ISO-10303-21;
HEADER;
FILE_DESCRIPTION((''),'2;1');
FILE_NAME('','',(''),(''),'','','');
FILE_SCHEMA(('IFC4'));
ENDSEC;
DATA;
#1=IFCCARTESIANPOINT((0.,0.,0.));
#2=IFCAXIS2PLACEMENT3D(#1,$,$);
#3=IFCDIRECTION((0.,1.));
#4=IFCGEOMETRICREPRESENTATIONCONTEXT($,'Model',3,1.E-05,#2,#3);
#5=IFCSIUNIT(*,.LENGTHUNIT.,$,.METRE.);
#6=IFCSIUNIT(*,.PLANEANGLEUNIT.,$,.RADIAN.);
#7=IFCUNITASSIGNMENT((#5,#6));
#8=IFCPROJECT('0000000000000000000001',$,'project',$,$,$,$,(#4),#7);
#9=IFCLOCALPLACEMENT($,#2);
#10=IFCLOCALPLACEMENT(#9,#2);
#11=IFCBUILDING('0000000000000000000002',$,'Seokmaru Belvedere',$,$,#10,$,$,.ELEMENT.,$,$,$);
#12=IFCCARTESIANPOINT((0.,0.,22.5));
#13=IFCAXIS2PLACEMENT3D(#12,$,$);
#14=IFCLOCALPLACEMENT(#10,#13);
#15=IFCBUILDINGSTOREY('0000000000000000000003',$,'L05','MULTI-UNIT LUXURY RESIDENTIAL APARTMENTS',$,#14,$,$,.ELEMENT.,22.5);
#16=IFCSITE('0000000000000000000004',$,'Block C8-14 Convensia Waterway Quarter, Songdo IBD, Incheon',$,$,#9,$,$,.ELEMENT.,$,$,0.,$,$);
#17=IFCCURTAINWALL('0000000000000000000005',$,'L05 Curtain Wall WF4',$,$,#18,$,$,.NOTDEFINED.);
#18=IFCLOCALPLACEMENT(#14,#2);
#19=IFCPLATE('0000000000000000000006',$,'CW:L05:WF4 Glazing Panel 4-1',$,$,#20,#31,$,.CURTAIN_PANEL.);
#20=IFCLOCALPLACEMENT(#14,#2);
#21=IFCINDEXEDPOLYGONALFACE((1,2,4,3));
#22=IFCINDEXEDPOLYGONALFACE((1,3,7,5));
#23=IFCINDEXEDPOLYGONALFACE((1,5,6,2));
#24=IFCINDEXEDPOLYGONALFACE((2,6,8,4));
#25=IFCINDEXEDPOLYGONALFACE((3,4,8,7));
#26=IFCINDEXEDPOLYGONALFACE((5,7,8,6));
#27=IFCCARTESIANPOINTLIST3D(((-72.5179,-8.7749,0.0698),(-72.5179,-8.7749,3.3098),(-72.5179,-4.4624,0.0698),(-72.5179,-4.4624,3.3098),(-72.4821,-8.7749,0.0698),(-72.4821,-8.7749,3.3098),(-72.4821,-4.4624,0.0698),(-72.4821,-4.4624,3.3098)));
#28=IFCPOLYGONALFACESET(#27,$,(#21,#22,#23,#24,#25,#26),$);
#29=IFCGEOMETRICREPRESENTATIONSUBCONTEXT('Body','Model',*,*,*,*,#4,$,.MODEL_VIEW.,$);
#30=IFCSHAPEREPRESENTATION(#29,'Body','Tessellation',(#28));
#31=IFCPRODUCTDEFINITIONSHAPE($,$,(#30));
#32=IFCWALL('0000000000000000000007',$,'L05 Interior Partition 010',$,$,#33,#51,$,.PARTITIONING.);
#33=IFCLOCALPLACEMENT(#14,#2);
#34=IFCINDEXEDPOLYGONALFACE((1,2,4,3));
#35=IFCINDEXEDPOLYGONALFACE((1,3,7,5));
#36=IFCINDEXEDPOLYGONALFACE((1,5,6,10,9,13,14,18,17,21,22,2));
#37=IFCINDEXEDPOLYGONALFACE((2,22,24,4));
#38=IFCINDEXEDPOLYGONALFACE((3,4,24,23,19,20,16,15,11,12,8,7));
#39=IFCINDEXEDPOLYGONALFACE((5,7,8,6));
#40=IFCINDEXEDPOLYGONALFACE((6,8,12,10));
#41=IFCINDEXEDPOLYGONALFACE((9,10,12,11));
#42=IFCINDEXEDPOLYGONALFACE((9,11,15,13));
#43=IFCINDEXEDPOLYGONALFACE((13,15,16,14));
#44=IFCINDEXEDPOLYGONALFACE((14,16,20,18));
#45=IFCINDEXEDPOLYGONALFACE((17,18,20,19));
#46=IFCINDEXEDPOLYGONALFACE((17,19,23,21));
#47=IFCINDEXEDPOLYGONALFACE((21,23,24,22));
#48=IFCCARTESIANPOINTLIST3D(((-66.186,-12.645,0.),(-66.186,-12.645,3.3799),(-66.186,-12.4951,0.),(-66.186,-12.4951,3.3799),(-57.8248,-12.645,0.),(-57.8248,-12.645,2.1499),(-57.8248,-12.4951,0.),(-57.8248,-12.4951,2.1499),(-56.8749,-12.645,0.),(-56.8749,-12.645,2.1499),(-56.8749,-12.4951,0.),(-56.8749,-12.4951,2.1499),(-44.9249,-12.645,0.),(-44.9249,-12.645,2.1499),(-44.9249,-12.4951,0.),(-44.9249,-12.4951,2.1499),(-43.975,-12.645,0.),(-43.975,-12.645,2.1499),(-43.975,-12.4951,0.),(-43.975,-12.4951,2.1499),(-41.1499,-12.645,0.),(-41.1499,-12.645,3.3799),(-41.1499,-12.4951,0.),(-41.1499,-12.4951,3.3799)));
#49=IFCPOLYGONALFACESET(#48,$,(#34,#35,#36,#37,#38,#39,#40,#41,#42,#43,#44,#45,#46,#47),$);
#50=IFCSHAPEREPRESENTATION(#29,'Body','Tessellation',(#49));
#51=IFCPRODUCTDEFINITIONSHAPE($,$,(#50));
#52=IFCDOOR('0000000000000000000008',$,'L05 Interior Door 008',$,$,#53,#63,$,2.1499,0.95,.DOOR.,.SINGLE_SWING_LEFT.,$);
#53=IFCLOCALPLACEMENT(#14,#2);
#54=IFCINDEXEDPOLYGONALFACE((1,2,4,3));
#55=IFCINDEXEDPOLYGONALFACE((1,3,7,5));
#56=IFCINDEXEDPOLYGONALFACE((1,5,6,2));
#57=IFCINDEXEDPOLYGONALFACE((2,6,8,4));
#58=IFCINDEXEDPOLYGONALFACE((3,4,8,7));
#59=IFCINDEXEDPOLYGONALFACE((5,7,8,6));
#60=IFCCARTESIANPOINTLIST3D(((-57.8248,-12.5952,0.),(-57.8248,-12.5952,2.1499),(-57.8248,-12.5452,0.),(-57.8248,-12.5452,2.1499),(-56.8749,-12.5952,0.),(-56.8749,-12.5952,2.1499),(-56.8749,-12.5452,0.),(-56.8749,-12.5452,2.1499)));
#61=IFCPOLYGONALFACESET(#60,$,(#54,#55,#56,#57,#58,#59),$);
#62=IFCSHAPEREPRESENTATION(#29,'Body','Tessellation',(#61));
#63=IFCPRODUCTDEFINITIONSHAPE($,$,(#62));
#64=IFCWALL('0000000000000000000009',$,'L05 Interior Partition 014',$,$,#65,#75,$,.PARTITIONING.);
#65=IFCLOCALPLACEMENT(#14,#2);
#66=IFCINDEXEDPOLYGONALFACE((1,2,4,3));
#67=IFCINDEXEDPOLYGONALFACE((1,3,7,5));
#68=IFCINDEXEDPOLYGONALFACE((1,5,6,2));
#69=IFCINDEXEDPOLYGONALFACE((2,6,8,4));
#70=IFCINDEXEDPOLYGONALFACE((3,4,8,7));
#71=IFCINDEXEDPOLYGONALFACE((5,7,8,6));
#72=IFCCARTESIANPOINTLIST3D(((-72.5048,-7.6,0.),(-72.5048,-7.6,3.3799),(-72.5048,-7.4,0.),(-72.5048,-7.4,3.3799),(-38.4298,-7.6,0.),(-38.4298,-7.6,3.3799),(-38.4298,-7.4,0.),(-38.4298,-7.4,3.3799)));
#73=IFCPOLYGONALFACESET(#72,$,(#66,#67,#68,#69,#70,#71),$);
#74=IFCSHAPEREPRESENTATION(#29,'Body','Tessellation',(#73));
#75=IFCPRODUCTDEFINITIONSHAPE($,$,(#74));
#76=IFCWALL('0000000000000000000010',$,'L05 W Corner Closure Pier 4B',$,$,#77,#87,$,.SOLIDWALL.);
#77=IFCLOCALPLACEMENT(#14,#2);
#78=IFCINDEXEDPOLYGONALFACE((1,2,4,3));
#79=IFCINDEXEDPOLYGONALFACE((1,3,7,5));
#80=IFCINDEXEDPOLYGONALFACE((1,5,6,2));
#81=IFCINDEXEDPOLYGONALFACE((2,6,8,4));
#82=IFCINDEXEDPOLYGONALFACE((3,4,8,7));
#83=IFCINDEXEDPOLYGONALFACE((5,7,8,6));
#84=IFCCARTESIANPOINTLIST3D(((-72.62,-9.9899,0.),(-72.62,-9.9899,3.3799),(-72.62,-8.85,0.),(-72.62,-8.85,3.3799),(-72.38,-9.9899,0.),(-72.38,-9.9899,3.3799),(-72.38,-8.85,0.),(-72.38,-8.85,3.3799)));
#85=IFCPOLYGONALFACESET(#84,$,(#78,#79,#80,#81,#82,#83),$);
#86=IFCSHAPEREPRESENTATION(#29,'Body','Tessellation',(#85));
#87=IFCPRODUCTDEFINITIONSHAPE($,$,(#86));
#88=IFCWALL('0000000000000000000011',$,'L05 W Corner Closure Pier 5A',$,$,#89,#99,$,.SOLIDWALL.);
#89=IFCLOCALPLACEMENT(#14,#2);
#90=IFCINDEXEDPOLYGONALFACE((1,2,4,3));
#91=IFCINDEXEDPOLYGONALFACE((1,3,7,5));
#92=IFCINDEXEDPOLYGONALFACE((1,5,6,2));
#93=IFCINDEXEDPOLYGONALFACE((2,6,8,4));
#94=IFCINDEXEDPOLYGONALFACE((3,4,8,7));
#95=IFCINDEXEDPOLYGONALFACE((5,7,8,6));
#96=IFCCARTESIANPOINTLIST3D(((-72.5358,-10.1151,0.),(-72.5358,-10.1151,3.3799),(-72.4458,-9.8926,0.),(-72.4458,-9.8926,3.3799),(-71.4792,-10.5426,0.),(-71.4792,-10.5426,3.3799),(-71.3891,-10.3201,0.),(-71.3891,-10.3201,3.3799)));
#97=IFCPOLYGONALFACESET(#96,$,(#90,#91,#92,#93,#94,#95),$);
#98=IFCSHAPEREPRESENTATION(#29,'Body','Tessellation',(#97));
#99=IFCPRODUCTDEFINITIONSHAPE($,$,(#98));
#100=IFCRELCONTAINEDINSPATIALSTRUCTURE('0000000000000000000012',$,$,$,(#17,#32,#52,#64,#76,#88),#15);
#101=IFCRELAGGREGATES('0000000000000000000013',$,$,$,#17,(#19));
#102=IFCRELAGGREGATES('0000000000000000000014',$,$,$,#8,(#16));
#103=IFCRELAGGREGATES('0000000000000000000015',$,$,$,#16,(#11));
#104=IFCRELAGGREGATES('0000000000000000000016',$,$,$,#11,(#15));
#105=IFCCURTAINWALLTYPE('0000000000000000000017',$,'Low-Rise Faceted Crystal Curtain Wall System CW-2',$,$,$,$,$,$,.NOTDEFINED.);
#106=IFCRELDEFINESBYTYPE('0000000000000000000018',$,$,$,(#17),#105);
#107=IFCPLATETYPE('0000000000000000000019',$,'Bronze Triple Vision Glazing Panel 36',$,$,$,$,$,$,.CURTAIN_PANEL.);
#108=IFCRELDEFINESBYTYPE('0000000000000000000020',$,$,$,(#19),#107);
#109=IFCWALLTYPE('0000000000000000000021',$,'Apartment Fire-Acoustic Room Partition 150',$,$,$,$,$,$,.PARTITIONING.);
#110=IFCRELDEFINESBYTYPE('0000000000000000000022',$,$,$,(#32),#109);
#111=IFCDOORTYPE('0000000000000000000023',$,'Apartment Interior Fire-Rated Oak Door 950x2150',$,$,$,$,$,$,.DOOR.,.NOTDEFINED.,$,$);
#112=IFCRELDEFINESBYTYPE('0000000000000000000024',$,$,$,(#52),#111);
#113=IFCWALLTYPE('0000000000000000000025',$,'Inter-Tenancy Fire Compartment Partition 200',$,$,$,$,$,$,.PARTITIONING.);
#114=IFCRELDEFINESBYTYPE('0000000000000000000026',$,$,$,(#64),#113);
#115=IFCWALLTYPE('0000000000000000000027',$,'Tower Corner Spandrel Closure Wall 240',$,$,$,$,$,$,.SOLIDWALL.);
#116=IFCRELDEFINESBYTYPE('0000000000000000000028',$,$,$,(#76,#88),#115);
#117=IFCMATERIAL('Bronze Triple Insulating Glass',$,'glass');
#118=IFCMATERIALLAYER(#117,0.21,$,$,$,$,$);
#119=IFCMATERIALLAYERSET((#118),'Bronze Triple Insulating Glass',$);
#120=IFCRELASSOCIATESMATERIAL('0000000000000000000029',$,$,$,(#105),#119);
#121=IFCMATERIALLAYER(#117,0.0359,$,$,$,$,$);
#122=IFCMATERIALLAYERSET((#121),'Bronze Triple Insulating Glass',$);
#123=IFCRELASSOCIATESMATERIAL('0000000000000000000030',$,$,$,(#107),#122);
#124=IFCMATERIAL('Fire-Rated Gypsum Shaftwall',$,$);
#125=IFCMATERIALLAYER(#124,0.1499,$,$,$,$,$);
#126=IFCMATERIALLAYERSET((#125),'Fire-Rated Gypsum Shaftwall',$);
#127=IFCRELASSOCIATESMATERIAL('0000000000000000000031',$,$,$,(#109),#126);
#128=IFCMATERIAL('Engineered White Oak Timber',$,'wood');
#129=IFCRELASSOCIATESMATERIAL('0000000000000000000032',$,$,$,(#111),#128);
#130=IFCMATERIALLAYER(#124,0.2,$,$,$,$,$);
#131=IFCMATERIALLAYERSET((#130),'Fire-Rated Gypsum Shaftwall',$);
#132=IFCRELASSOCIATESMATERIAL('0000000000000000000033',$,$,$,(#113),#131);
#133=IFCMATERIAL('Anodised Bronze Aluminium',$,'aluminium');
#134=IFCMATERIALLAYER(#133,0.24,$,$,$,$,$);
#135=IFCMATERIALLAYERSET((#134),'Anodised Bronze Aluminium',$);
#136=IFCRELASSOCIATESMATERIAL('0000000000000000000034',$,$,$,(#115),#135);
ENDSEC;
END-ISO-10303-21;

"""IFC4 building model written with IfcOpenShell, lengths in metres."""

from ifc_helpers import new_model, si_unit, direction, frame, frame_2d, origin, origin_2d, place, context, subcontext, project, spatial, rectangle, extrude, source, transform, mapped, material, layer, layer_set, type_object, type_shapes, element, fill, aggregate, save


model = new_model("IFC4")

# Units and contexts
model_context = context("Model", 3, precision=1e-05, world=origin(), true_north=direction((0.0, 1.0)))
body_context = subcontext(model_context, "Body", "Model", "MODEL_VIEW")
ifc_project = project(units=[si_unit("LENGTHUNIT", "METRE"), si_unit("PLANEANGLEUNIT", "RADIAN")], contexts=[model_context])

# Site, building, storey
site_placement = place(None, origin())
site = spatial("IfcSite", under=ifc_project, at=site_placement, Name="Block C8-14 Convensia Waterway Quarter, Songdo IBD, Incheon", CompositionType="ELEMENT", RefElevation=0.0)
building_placement = place(site_placement, origin())
building = spatial("IfcBuilding", under=site, at=building_placement, Name="Seokmaru Belvedere", CompositionType="ELEMENT")
storey_placement = place(building_placement, frame((0.0, 0.0, 22.5)))
storey = spatial("IfcBuildingStorey", under=building, at=storey_placement, Name="L05", Description="MULTI-UNIT LUXURY RESIDENTIAL APARTMENTS", CompositionType="ELEMENT", Elevation=22.5)

# Curtain wall
ifc_material_1 = material(Name="Bronze Triple Insulating Glass", Category="glass")
ifc_layer_1 = layer(ifc_material_1, 0.21)
ifc_layer_set_1 = layer_set([ifc_layer_1], Name="Bronze Triple Insulating Glass")
curtain_wall_type = type_object("IfcCurtainWallType", Name="Low-Rise Faceted Crystal Curtain Wall System CW-2", PredefinedType="NOTDEFINED", material=ifc_layer_set_1)
curtain_wall_1_placement = place(storey_placement, origin())
curtain_wall_1 = element("IfcCurtainWall", 1, at=curtain_wall_1_placement, inside=storey, type_object=curtain_wall_type, Name="L05 Curtain Wall WF4", PredefinedType="NOTDEFINED")
ifc_material_2 = material(Name="Anodised Bronze Aluminium", Category="aluminium")

# Plate
ifc_layer_2 = layer(ifc_material_1, 0.0359)
ifc_layer_set_2 = layer_set([ifc_layer_2], Name="Bronze Triple Insulating Glass")
plate_type = type_object("IfcPlateType", Name="Bronze Triple Vision Glazing Panel 36", PredefinedType="CURTAIN_PANEL", material=ifc_layer_set_2)
shared_shape_1 = source(origin(), body_context, "Body", "SweptSolid", [
    extrude(rectangle(XDim=4.3125, YDim=0.0359, at=origin_2d()), origin(), (0.0, 0.0, 1.0), 3.24),
])
plate_1_placement = place(storey_placement, frame((-72.5, -6.6187, 0.0698), z_axis=(0.0, 0.0, 1.0), x_axis=(0.0, -1.0, 0.0)))
plate_1 = element("IfcPlate", 2, at=plate_1_placement, type_object=plate_type, Name="CW:L05:WF4 Glazing Panel 4-1", PredefinedType="CURTAIN_PANEL", context=body_context, shape_type="MappedRepresentation", body=[
    mapped(shared_shape_1, transform((0.0, 0.0, 0.0), scale=1.0)),
])
aggregate(curtain_wall_1, [plate_1])

# Wall, openings, door
ifc_material_3 = material(Name="Fire-Rated Gypsum Shaftwall")
ifc_layer_3 = layer(ifc_material_3, 0.1499)
ifc_layer_set_3 = layer_set([ifc_layer_3], Name="Fire-Rated Gypsum Shaftwall")
wall_type_1 = type_object("IfcWallType", Name="Apartment Fire-Acoustic Room Partition 150", PredefinedType="PARTITIONING", material=ifc_layer_set_3)
wall_1_placement = place(storey_placement, frame((-66.186, -12.5701, 0.0), z_axis=(0.0, 0.0, 1.0), x_axis=(1.0, 0.0, 0.0)))
wall_1 = element("IfcWall", 3, at=wall_1_placement, inside=storey, type_object=wall_type_1, Name="L05 Interior Partition 010", PredefinedType="PARTITIONING", context=body_context, shape_type="SweptSolid", body=[
    extrude(rectangle(XDim=25.0361, YDim=0.1499, at=frame_2d((12.5181, 0.0))), origin(), (0.0, 0.0, 1.0), 3.3799),
])
opening_1_placement = place(wall_1_placement, frame((21.261, 0.0, 0.0)))
element("IfcOpeningElement", 4, at=opening_1_placement, cuts=wall_1, PredefinedType="OPENING", context=body_context, shape_type="SweptSolid", body=[
    extrude(rectangle(XDim=0.95, YDim=2.1499, at=frame_2d((0.4751, 1.075))), frame((0.0, 0.085, 0.0), z_axis=(0.0, -1.0, 0.0), x_axis=(1.0, 0.0, 0.0)), (0.0, 0.0, 1.0), 0.1699),
])
opening_2_placement = place(wall_1_placement, frame((8.3611, 0.0, 0.0)))
opening_2 = element("IfcOpeningElement", 5, at=opening_2_placement, cuts=wall_1, PredefinedType="OPENING", context=body_context, shape_type="SweptSolid", body=[
    extrude(rectangle(XDim=0.95, YDim=2.1499, at=frame_2d((0.4751, 1.075))), frame((0.0, 0.085, 0.0), z_axis=(0.0, -1.0, 0.0), x_axis=(1.0, 0.0, 0.0)), (0.0, 0.0, 1.0), 0.1699),
])
ifc_material_4 = material(Name="Engineered White Oak Timber", Category="wood")
door_type = type_object("IfcDoorType", Name="Apartment Interior Fire-Rated Oak Door 950x2150", OperationType="NOTDEFINED", PredefinedType="DOOR", material=ifc_material_4)
shared_shape_2 = source(origin(), body_context, "Body", "SweptSolid", [
    extrude(rectangle(XDim=0.95, YDim=2.1499, at=frame_2d((0.4751, 1.075))), frame((0.0, 0.0249, 0.0), z_axis=(0.0, -1.0, 0.0), x_axis=(1.0, 0.0, 0.0)), (0.0, 0.0, 1.0), 0.05),
])
type_shapes(door_type, [shared_shape_2])
door_placement = place(opening_2_placement, origin())
door = element("IfcDoor", 6, at=door_placement, inside=storey, type_object=door_type, Name="L05 Interior Door 008", OperationType="SINGLE_SWING_LEFT", OverallHeight=2.1499, OverallWidth=0.95, PredefinedType="DOOR", context=body_context, shape_type="MappedRepresentation", body=[
    mapped(shared_shape_2, transform((0.0, 0.0, 0.0), scale=1.0)),
])
fill(opening_2, door)

# Walls
ifc_layer_4 = layer(ifc_material_3, 0.2)
ifc_layer_set_4 = layer_set([ifc_layer_4], Name="Fire-Rated Gypsum Shaftwall")
wall_type_2 = type_object("IfcWallType", Name="Inter-Tenancy Fire Compartment Partition 200", PredefinedType="PARTITIONING", material=ifc_layer_set_4)
wall_2_placement = place(storey_placement, frame((-72.5049, -7.5, 0.0), z_axis=(0.0, 0.0, 1.0), x_axis=(1.0, 0.0, 0.0)))
element("IfcWall", 7, at=wall_2_placement, inside=storey, type_object=wall_type_2, Name="L05 Interior Partition 014", PredefinedType="PARTITIONING", context=body_context, shape_type="SweptSolid", body=[
    extrude(rectangle(XDim=34.075, YDim=0.2, at=frame_2d((17.0376, 0.0))), origin(), (0.0, 0.0, 1.0), 3.3799),
])
ifc_layer_5 = layer(ifc_material_2, 0.24)
ifc_layer_set_5 = layer_set([ifc_layer_5], Name="Anodised Bronze Aluminium")
wall_type_3 = type_object("IfcWallType", Name="Tower Corner Spandrel Closure Wall 240", PredefinedType="SOLIDWALL", material=ifc_layer_set_5)
for number, where, z_axis, x_axis, name in (
    (8, (-72.5, -8.8501, 0.0), (0.0, 0.0, 1.0), (0.0, -1.0, 0.0), "L05 W Corner Closure Pier 4B"),
    (9, (-72.4907, -10.0039, 0.0), (0.0, 0.0, 1.0), (0.927007, -0.375044, 0.0), "L05 W Corner Closure Pier 5A"),
):
    element("IfcWall", number, at=place(storey_placement, frame(where, z_axis=z_axis, x_axis=x_axis)), inside=storey, type_object=wall_type_3, Name=name, PredefinedType="SOLIDWALL", context=body_context, shape_type="SweptSolid", body=[
        extrude(rectangle(XDim=1.1399, YDim=0.24, at=frame_2d((0.5698, 0.0))), origin(), (0.0, 0.0, 1.0), 3.3799),
    ])

save(model, "model.ifc")
